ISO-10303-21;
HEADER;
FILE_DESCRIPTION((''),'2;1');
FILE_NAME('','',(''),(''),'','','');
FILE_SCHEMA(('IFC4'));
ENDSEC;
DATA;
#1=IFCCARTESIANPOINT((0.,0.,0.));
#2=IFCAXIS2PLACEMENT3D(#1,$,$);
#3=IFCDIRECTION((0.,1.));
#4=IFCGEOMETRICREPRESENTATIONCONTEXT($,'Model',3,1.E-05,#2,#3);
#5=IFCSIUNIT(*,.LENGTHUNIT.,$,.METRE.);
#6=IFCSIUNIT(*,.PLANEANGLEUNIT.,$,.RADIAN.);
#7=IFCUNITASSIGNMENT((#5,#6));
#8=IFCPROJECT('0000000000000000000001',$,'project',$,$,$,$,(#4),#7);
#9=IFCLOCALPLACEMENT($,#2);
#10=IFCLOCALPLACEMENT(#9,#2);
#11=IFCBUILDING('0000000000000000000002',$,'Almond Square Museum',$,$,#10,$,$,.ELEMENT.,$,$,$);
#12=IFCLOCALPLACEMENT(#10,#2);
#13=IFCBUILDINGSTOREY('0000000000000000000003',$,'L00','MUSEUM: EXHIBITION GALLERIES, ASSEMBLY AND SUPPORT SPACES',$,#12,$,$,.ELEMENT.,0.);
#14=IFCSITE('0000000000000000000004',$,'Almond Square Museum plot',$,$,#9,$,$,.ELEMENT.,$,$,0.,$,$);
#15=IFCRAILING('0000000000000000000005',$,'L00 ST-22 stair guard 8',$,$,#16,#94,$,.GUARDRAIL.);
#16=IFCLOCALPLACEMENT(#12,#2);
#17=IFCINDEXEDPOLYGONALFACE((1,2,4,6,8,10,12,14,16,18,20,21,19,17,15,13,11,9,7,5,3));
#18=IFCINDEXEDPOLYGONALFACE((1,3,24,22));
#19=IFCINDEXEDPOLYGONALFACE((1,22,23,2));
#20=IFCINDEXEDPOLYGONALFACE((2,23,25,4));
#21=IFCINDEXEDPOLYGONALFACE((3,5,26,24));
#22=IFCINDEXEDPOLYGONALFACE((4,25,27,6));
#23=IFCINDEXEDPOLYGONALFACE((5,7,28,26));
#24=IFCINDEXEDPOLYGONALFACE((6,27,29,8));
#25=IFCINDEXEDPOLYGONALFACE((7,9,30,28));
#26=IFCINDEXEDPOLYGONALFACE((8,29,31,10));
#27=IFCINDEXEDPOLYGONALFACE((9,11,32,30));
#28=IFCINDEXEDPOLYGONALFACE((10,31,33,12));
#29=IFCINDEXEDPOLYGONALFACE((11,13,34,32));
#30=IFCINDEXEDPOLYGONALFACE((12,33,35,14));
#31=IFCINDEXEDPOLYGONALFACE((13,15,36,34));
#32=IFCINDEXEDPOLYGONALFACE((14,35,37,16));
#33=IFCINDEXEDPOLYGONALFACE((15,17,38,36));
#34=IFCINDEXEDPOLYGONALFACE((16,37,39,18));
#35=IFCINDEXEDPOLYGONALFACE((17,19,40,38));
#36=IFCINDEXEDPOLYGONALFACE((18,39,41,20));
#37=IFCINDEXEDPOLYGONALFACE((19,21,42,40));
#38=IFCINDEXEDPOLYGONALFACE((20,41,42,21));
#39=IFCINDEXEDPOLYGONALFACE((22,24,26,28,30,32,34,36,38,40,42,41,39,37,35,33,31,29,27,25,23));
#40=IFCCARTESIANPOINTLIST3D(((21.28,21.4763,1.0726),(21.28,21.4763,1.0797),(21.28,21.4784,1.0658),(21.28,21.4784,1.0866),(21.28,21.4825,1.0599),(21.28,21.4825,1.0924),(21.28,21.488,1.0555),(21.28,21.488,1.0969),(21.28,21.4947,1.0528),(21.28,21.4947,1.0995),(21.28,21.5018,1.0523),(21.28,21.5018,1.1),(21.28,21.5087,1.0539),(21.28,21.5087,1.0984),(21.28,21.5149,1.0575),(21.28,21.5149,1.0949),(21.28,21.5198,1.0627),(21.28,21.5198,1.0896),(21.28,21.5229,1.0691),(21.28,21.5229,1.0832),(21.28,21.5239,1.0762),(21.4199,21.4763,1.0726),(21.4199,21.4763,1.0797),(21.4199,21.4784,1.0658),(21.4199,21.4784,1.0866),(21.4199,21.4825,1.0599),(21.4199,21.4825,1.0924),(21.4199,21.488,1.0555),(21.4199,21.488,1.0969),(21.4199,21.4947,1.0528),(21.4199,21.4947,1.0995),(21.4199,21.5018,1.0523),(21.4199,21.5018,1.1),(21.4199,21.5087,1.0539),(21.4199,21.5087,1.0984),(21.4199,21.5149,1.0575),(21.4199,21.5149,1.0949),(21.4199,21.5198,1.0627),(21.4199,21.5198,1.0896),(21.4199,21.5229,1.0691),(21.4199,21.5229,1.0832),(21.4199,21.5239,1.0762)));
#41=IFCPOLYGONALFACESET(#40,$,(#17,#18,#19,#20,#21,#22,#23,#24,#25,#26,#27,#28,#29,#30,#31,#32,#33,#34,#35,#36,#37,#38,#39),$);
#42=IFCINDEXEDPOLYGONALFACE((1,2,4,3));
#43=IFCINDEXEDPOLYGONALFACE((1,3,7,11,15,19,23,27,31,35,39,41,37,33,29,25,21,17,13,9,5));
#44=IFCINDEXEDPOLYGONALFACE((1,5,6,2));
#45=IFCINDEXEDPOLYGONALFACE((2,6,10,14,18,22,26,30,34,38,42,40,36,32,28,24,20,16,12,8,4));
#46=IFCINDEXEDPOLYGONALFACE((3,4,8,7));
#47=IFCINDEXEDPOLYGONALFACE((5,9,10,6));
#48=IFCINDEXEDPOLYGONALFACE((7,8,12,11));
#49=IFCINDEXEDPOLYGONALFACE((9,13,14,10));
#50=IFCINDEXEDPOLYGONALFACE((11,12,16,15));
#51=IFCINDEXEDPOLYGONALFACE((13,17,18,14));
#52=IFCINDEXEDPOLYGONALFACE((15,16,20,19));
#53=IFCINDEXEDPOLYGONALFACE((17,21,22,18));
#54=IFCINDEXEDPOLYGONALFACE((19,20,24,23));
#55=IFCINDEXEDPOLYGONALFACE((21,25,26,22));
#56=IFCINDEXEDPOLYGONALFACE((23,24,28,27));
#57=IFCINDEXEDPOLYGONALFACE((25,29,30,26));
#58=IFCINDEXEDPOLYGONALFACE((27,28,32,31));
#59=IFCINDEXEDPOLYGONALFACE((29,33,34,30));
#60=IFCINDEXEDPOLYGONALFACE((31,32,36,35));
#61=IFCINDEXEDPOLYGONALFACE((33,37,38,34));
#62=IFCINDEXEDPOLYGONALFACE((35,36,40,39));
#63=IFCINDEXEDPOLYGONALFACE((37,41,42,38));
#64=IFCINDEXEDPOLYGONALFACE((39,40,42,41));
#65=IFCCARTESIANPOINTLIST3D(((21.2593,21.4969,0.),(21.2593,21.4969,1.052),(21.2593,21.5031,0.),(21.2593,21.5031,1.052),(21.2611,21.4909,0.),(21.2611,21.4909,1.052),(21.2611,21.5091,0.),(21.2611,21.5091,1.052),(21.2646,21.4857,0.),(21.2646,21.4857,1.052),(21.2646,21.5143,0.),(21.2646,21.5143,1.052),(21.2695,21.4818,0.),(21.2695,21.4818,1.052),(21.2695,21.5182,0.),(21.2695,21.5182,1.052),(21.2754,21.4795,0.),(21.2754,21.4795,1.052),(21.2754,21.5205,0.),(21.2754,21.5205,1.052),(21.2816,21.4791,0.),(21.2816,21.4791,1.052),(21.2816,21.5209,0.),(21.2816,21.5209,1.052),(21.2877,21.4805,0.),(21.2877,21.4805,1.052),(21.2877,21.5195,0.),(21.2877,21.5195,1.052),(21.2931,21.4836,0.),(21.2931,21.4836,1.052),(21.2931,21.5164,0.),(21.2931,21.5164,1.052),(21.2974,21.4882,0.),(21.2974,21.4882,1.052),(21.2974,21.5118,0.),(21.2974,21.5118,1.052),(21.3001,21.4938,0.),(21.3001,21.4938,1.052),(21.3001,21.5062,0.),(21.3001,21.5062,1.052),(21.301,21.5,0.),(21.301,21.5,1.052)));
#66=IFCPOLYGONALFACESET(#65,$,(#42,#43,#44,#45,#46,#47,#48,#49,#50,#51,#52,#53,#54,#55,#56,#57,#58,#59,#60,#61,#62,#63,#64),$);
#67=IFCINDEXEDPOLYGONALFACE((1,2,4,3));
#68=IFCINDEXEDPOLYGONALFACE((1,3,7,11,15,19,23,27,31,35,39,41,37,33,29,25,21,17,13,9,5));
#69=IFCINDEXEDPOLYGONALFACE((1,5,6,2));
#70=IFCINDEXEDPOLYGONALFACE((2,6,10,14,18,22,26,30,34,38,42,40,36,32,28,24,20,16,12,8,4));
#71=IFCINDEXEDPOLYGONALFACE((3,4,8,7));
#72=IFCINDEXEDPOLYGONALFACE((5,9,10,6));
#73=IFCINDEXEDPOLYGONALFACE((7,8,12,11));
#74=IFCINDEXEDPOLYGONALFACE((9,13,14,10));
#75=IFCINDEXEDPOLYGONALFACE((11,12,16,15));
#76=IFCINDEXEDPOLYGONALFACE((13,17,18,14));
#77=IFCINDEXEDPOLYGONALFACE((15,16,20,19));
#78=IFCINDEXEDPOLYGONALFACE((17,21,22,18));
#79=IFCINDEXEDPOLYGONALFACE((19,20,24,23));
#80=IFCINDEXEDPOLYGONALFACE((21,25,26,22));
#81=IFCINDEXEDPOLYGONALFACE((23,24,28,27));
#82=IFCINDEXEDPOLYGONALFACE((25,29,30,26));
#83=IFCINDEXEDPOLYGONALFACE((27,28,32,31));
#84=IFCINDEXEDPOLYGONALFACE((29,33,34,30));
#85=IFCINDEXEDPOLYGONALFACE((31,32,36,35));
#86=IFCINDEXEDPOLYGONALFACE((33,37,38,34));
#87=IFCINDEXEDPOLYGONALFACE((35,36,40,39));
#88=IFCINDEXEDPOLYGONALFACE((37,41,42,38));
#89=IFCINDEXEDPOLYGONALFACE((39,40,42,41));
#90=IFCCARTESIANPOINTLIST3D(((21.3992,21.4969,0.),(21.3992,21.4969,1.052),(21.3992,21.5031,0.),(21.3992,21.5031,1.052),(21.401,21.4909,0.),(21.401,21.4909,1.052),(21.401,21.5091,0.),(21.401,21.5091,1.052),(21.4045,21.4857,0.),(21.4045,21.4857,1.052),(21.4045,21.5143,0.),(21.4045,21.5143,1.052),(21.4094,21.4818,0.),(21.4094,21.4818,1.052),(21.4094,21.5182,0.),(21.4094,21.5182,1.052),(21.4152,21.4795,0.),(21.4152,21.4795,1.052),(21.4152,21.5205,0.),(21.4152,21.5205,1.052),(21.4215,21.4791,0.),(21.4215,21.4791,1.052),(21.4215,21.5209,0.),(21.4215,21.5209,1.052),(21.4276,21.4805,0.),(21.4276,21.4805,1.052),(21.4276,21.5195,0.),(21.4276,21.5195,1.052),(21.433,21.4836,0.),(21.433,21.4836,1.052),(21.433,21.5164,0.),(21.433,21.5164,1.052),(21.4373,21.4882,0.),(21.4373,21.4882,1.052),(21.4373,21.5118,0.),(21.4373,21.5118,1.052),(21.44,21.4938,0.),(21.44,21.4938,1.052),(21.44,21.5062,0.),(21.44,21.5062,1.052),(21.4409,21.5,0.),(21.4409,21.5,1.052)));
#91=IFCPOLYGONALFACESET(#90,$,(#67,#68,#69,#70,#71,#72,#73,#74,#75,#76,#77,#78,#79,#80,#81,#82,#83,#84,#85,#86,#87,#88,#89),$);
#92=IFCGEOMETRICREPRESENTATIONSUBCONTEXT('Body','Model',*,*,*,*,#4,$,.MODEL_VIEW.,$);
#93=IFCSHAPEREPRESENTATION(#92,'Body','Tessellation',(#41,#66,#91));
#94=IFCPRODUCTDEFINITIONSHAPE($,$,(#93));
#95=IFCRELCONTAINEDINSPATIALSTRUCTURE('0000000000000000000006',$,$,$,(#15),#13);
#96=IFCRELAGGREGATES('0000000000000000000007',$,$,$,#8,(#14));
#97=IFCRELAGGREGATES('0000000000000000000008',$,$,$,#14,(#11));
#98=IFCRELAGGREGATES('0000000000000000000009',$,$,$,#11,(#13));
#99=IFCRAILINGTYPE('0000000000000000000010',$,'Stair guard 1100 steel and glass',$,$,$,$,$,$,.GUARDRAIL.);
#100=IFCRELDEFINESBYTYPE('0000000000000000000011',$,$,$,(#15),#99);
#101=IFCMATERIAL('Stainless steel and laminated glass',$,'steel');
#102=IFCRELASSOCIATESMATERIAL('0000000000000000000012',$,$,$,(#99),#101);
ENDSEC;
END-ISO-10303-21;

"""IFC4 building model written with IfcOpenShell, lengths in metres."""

from ifc_helpers import new_model, si_unit, direction, frame, origin, origin_2d, place, context, subcontext, project, spatial, circle, extrude, material, type_object, element, save


model = new_model("IFC4")

# Units and contexts
model_context = context("Model", 3, precision=1e-05, world=origin(), true_north=direction((0.0, 1.0)))
body_context = subcontext(model_context, "Body", "Model", "MODEL_VIEW")
ifc_project = project(units=[si_unit("LENGTHUNIT", "METRE"), si_unit("PLANEANGLEUNIT", "RADIAN")], contexts=[model_context])

# Site, building, storey
site_placement = place(None, origin())
site = spatial("IfcSite", under=ifc_project, at=site_placement, Name="Almond Square Museum plot", CompositionType="ELEMENT", RefElevation=0.0)
building_placement = place(site_placement, origin())
building = spatial("IfcBuilding", under=site, at=building_placement, Name="Almond Square Museum", CompositionType="ELEMENT")
storey_placement = place(building_placement, origin())
storey = spatial("IfcBuildingStorey", under=building, at=storey_placement, Name="L00", Description="MUSEUM: EXHIBITION GALLERIES, ASSEMBLY AND SUPPORT SPACES", CompositionType="ELEMENT", Elevation=0.0)

# Railing
ifc_material_1 = material(Name="Stainless steel and laminated glass", Category="steel")
railing_type_1 = type_object("IfcRailingType", Name="Stair guard 1100 steel and glass", PredefinedType="GUARDRAIL", material=ifc_material_1)
railing_1_placement = place(storey_placement, frame((21.28, 21.5, 0.0)))
element("IfcRailing", 1, at=railing_1_placement, inside=storey, type_object=railing_type_1, Name="L00 ST-22 stair guard 8", PredefinedType="GUARDRAIL", context=body_context, shape_type="SweptSolid", body=[
    extrude(circle(Radius=0.0239, at=origin_2d()), frame((0.0, 0.0, 1.0762), z_axis=(1.0, 0.0, 0.0), x_axis=(0.0, 1.0, 0.0)), (0.0, 0.0, 1.0), 0.1399),
    extrude(circle(Radius=0.021, at=origin_2d()), origin(), (0.0, 0.0, 1.0), 1.052),
    extrude(circle(Radius=0.021, at=origin_2d()), frame((0.1399, 0.0, 0.0)), (0.0, 0.0, 1.0), 1.052),
])

save(model, "model.ifc")
